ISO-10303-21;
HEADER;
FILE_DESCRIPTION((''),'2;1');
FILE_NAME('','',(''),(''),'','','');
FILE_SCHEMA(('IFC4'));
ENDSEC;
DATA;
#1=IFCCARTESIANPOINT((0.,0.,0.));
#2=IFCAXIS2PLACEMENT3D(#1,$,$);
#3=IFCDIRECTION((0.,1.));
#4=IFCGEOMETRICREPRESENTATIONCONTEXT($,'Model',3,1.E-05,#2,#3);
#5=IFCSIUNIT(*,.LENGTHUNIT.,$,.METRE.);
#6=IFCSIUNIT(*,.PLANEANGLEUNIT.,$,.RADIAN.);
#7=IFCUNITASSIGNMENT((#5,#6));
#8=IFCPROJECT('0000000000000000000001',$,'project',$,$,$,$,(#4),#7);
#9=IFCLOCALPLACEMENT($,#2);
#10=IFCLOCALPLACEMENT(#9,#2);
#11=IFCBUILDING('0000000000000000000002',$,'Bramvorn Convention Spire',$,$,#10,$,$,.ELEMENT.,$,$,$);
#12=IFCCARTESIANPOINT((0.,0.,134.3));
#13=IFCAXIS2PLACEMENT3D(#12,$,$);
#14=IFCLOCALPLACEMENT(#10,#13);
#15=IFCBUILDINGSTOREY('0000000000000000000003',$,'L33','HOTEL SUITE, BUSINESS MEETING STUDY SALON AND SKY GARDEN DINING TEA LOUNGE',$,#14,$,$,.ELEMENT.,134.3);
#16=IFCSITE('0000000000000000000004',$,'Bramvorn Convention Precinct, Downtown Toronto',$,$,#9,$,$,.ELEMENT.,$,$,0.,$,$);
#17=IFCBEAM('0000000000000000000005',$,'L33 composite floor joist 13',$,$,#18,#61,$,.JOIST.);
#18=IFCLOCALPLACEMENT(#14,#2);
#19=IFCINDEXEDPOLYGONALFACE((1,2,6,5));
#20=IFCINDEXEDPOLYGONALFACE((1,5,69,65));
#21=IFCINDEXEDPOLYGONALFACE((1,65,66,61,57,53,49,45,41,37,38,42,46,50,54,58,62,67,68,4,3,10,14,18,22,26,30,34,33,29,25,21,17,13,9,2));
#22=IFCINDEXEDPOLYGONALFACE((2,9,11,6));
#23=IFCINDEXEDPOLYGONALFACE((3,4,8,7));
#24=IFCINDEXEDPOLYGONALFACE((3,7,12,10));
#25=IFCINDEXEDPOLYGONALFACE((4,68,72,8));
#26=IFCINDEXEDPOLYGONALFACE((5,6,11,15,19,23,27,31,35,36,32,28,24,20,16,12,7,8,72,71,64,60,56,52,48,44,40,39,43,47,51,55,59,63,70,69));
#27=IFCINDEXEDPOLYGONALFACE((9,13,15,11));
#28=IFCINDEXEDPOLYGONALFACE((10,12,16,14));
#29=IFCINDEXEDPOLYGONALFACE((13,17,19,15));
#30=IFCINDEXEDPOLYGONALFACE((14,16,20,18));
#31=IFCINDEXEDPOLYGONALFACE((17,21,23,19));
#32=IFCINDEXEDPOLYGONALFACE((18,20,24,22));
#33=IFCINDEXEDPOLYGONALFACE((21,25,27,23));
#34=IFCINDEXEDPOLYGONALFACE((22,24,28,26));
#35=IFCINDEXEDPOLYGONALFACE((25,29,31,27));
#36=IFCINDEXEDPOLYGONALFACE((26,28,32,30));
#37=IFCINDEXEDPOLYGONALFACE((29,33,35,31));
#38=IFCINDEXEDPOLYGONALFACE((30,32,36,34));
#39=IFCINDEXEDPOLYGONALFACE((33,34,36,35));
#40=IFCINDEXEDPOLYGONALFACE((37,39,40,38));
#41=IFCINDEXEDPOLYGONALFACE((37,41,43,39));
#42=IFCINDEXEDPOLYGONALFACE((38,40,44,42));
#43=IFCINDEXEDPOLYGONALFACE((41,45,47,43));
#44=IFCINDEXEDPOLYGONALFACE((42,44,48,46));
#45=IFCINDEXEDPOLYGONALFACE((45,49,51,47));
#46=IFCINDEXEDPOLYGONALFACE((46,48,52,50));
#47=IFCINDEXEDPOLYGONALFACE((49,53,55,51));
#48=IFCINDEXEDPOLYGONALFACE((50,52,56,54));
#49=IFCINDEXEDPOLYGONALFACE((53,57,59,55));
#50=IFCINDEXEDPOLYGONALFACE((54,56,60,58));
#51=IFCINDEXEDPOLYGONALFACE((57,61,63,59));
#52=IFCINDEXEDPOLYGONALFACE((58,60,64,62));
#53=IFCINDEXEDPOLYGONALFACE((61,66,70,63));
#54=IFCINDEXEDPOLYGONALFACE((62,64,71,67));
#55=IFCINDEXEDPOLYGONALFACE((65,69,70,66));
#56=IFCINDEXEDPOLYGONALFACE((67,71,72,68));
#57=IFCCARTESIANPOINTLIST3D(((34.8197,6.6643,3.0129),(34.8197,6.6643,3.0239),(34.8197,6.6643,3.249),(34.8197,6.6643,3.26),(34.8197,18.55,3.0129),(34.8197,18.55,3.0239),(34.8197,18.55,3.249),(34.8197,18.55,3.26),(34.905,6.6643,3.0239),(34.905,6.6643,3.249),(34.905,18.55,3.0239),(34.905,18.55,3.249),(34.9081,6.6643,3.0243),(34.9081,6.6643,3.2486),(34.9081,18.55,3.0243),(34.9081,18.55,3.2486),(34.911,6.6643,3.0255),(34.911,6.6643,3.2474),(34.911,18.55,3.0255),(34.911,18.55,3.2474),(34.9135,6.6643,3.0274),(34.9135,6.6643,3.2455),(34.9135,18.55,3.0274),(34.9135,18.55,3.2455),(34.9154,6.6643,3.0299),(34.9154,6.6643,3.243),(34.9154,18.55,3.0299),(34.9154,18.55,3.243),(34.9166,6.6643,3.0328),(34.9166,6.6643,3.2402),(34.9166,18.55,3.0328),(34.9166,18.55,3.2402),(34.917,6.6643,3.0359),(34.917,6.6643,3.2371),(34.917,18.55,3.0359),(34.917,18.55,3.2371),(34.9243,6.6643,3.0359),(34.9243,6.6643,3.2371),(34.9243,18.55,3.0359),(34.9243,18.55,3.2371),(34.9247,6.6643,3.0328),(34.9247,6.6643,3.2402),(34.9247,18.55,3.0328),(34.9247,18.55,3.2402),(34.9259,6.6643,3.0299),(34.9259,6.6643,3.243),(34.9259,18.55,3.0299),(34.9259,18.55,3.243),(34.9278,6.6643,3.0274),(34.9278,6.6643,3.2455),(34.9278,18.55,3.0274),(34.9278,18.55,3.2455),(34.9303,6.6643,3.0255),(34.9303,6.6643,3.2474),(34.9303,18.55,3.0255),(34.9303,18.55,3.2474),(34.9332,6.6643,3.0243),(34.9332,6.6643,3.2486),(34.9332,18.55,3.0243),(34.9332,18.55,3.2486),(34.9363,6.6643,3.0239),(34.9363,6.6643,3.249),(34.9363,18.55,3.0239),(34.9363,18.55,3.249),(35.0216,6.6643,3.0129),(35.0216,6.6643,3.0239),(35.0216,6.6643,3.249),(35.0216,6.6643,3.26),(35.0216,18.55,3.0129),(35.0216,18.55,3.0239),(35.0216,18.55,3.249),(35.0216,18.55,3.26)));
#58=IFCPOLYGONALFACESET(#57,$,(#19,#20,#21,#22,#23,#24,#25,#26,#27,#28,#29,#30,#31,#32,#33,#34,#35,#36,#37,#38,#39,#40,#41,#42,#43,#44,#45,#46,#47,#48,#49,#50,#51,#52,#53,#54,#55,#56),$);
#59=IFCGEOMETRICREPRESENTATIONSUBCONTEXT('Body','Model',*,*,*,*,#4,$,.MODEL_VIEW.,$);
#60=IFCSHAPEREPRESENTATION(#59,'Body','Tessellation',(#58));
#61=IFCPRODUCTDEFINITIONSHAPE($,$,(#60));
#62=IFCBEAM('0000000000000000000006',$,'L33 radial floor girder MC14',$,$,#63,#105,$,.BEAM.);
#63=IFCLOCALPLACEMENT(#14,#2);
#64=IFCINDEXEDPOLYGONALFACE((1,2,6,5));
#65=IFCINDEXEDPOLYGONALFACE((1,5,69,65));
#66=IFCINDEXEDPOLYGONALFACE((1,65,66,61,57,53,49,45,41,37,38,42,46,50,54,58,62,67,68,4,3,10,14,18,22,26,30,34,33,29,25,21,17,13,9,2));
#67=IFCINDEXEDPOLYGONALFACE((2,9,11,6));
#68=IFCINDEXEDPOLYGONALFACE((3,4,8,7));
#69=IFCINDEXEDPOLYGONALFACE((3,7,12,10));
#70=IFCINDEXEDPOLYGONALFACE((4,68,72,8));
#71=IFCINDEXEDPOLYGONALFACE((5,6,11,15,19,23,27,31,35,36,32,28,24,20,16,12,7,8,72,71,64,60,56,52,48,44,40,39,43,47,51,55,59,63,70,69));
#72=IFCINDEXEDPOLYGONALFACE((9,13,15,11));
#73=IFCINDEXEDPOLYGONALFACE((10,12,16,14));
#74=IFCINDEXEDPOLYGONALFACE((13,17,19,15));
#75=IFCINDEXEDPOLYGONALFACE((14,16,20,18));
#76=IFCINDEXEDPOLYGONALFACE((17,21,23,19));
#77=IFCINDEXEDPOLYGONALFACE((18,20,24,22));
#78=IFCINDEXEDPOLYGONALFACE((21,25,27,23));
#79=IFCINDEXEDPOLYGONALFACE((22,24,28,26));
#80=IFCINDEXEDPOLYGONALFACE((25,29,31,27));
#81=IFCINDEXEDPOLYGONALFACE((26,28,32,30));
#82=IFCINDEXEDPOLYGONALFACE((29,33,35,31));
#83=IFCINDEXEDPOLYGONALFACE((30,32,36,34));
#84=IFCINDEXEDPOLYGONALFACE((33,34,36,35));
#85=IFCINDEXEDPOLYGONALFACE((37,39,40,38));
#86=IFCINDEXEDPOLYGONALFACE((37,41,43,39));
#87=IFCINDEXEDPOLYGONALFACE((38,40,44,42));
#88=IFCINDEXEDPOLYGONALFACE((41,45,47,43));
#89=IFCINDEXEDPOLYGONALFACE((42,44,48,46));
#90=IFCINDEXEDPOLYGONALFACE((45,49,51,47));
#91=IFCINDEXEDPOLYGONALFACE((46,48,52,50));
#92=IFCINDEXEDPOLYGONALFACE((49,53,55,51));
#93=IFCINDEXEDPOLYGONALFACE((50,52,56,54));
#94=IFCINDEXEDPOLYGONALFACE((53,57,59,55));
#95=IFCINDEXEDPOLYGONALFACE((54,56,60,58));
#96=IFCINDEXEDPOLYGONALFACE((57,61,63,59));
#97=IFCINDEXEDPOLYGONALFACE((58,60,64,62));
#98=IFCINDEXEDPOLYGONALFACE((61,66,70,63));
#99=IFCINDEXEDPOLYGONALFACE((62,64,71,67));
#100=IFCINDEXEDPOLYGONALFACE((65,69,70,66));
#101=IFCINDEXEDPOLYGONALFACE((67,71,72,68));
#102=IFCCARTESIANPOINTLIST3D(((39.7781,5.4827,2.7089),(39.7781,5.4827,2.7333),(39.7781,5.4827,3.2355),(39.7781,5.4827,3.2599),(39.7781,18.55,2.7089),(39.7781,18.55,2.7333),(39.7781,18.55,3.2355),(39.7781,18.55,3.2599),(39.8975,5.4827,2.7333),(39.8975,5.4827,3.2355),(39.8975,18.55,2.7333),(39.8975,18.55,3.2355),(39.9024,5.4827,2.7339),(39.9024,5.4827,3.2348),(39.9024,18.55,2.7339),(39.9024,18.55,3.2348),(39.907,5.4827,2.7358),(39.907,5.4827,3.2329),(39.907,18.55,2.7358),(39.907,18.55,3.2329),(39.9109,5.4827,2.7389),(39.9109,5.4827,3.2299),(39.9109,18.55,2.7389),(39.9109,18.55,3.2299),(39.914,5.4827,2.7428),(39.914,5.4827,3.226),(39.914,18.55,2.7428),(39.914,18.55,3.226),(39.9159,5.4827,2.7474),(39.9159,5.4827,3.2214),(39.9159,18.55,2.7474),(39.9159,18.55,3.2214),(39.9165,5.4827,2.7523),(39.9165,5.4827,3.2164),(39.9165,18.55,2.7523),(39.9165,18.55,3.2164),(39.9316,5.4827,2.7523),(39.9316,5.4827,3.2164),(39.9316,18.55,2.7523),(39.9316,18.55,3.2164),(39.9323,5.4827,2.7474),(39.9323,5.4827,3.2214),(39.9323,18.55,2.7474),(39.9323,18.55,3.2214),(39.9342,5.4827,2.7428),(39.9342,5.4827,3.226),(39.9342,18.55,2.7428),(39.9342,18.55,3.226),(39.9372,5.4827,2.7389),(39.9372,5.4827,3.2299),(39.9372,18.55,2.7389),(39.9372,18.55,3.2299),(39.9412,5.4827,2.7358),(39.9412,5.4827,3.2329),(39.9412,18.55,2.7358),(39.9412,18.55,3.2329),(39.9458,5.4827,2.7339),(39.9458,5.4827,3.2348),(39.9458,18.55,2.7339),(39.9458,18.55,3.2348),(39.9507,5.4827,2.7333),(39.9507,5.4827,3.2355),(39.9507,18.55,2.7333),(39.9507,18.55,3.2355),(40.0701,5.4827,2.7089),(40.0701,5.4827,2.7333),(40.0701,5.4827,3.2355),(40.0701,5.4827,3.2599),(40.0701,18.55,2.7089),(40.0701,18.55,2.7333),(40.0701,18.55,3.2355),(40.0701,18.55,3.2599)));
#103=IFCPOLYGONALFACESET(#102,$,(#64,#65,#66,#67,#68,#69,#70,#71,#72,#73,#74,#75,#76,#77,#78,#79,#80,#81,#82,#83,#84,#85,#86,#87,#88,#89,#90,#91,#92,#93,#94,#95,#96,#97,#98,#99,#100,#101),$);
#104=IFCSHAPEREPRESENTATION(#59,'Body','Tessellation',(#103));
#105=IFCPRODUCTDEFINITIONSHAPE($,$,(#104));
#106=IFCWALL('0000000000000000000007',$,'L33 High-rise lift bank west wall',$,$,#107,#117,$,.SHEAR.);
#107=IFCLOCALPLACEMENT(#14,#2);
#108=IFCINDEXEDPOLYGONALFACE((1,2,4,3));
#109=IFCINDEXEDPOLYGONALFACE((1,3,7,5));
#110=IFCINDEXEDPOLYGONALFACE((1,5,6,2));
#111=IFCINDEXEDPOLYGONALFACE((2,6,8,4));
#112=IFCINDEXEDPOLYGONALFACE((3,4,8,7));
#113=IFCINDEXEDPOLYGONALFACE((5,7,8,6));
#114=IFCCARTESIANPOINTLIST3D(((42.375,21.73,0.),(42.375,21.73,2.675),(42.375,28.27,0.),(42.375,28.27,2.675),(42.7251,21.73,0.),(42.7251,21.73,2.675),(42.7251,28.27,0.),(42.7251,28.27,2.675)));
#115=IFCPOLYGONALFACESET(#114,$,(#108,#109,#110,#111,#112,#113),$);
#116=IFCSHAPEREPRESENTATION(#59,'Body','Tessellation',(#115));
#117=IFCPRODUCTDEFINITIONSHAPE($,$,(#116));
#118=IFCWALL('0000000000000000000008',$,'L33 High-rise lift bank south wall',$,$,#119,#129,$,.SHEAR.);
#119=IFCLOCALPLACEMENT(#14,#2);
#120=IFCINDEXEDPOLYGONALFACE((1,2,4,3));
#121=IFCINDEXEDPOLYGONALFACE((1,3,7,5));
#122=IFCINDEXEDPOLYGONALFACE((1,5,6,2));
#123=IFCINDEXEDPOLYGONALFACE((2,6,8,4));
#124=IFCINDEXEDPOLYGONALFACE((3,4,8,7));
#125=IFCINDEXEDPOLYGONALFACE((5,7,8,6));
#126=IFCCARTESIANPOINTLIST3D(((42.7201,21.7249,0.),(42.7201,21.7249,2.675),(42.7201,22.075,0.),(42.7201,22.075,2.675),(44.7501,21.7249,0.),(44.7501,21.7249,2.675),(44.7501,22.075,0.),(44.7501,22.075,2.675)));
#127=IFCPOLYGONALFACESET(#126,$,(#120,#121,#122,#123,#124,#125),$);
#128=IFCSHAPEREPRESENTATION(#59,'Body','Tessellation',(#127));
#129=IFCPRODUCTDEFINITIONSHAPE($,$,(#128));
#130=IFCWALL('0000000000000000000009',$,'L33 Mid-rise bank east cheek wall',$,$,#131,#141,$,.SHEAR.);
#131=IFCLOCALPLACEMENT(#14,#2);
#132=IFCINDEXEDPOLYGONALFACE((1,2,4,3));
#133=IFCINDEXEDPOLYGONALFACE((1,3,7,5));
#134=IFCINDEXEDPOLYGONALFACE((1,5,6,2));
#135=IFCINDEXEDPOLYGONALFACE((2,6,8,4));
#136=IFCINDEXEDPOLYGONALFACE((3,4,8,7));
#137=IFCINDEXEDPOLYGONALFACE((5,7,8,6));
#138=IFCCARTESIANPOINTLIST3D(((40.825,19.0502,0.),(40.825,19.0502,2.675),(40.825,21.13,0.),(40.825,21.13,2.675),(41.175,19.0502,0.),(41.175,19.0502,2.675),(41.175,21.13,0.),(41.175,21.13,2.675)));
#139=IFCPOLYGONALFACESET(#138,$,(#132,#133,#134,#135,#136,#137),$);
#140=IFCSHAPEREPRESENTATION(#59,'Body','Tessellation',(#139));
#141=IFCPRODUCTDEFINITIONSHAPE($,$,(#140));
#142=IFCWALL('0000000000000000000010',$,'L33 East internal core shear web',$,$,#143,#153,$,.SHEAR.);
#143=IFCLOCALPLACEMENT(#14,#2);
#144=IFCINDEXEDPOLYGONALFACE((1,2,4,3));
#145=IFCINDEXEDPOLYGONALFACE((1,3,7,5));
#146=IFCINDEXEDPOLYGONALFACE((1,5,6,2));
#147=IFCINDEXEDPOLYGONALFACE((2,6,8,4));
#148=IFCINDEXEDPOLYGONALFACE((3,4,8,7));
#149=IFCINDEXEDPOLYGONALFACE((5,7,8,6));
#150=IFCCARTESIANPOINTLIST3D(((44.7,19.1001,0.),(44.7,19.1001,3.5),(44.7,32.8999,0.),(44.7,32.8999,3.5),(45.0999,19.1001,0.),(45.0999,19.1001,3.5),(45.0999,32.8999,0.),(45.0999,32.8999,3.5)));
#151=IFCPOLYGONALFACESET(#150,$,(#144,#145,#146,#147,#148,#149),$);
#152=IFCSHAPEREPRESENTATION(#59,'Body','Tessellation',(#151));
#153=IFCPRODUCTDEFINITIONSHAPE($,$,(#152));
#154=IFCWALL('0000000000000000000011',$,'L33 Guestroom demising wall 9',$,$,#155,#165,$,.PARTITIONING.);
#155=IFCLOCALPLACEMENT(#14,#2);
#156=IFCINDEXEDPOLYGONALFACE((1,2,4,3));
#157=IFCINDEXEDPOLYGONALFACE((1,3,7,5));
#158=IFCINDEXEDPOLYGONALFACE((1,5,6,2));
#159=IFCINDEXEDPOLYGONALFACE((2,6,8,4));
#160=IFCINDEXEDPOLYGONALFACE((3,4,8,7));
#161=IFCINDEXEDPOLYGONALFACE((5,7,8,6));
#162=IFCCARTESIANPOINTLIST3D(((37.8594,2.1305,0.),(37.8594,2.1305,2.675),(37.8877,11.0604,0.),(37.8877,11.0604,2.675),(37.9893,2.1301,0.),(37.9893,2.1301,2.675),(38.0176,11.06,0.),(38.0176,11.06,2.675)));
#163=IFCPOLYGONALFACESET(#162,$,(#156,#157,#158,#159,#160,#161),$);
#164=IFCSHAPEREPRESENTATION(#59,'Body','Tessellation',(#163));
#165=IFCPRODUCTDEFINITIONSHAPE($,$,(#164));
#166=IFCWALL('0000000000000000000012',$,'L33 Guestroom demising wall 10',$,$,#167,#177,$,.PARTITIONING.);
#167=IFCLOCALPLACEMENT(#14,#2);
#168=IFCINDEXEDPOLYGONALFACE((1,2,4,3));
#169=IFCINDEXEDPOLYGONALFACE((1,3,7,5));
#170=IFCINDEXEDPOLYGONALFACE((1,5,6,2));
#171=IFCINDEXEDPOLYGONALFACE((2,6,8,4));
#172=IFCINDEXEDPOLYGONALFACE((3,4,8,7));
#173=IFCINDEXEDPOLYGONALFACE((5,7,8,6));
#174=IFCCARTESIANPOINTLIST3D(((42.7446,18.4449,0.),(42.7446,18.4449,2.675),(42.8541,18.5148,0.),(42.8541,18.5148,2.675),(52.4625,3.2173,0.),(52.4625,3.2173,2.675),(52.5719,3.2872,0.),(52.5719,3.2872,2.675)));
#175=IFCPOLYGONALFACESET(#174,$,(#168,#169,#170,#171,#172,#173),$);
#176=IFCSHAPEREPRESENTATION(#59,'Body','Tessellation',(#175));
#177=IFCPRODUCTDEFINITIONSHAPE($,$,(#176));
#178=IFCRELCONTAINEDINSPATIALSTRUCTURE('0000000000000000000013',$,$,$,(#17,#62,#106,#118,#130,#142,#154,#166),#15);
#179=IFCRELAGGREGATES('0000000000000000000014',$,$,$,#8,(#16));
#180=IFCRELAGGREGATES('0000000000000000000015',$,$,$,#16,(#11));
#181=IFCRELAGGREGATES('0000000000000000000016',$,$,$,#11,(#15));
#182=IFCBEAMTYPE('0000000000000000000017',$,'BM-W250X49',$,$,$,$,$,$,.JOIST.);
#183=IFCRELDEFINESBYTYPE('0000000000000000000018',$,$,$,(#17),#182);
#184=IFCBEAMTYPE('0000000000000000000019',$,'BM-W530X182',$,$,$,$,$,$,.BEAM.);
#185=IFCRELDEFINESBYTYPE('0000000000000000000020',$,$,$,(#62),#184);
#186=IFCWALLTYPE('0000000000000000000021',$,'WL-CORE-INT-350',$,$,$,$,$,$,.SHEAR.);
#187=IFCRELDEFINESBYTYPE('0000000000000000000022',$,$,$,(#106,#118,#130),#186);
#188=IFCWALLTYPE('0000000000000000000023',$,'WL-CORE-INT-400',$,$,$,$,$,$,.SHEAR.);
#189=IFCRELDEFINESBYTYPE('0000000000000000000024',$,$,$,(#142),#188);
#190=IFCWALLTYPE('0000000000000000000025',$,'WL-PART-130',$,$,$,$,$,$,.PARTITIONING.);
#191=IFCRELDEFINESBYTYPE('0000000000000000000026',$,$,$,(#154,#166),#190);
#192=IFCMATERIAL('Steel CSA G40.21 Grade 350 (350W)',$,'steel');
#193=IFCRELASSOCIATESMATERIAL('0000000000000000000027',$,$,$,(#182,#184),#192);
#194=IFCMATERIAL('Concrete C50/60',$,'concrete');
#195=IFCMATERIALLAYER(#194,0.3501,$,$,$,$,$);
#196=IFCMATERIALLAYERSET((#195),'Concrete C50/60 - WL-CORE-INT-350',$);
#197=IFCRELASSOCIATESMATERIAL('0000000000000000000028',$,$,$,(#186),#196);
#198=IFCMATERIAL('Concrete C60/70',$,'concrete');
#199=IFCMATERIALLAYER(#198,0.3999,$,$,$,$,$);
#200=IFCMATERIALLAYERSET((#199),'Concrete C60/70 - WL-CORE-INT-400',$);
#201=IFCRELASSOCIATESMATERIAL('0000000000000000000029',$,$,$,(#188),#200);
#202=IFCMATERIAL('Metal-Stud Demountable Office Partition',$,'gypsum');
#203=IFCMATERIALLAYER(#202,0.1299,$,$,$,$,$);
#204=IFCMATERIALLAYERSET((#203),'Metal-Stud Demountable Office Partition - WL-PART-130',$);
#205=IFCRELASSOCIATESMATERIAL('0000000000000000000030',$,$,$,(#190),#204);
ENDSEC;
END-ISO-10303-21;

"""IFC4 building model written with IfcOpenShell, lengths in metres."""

from ifc_helpers import new_model, si_unit, direction, frame, frame_2d, origin, origin_2d, place, context, subcontext, project, spatial, rectangle, i_section, extrude, material, layer, layer_set, material_profile, profile_set, type_object, element, save


model = new_model("IFC4")

# Units and contexts
model_context = context("Model", 3, precision=1e-05, world=origin(), true_north=direction((0.0, 1.0)))
body_context = subcontext(model_context, "Body", "Model", "MODEL_VIEW")
ifc_project = project(units=[si_unit("LENGTHUNIT", "METRE"), si_unit("PLANEANGLEUNIT", "RADIAN")], contexts=[model_context])

# Site, building, storey
site_placement = place(None, origin())
site = spatial("IfcSite", under=ifc_project, at=site_placement, Name="Bramvorn Convention Precinct, Downtown Toronto", CompositionType="ELEMENT", RefElevation=0.0)
building_placement = place(site_placement, origin())
building = spatial("IfcBuilding", under=site, at=building_placement, Name="Bramvorn Convention Spire", CompositionType="ELEMENT")
storey_placement = place(building_placement, frame((0.0, 0.0, 134.3)))
storey = spatial("IfcBuildingStorey", under=building, at=storey_placement, Name="L33", Description="HOTEL SUITE, BUSINESS MEETING STUDY SALON AND SKY GARDEN DINING TEA LOUNGE", CompositionType="ELEMENT", Elevation=134.3)

# Beams
ifc_material_1 = material(Name="Steel CSA G40.21 Grade 350 (350W)", Category="steel")
ifc_material_profile_1 = material_profile(ifc_material_1, i_section(OverallWidth=0.2019, OverallDepth=0.2471, WebThickness=0.0073, FlangeThickness=0.011, FilletRadius=0.012, at=origin_2d()))
ifc_profile_set_1 = profile_set([ifc_material_profile_1], Name="Steel CSA G40.21 Grade 350 (350W) - W250X49")
beam_type_1 = type_object("IfcBeamType", Name="BM-W250X49", PredefinedType="JOIST", material=ifc_profile_set_1)
beam_1_placement = place(storey_placement, frame((34.9207, 18.55, 3.1365), z_axis=(0.0, -1.0, 0.0), x_axis=(1.0, 0.0, 0.0)))
element("IfcBeam", 1, at=beam_1_placement, inside=storey, type_object=beam_type_1, Name="L33 composite floor joist 13", PredefinedType="JOIST", context=body_context, shape_type="SweptSolid", body=[
    extrude(i_section(OverallWidth=0.2019, OverallDepth=0.2471, WebThickness=0.0073, FlangeThickness=0.011, FilletRadius=0.012, at=origin_2d()), origin(), (0.0, 0.0, 1.0), 11.8857),
])
ifc_material_profile_2 = material_profile(ifc_material_1, i_section(OverallWidth=0.292, OverallDepth=0.551, WebThickness=0.0151, FlangeThickness=0.0244, FilletRadius=0.019, at=origin_2d()))
ifc_profile_set_2 = profile_set([ifc_material_profile_2], Name="Steel CSA G40.21 Grade 350 (350W) - W530X182")
beam_type_2 = type_object("IfcBeamType", Name="BM-W530X182", PredefinedType="BEAM", material=ifc_profile_set_2)
beam_2_placement = place(storey_placement, frame((39.9241, 18.55, 2.9844), z_axis=(0.0, -1.0, 0.0), x_axis=(1.0, 0.0, 0.0)))
element("IfcBeam", 2, at=beam_2_placement, inside=storey, type_object=beam_type_2, Name="L33 radial floor girder MC14", PredefinedType="BEAM", context=body_context, shape_type="SweptSolid", body=[
    extrude(i_section(OverallWidth=0.292, OverallDepth=0.551, WebThickness=0.0151, FlangeThickness=0.0244, FilletRadius=0.019, at=origin_2d()), origin(), (0.0, 0.0, 1.0), 13.0674),
])

# Walls
ifc_material_2 = material(Name="Concrete C50/60", Category="concrete")
ifc_layer_1 = layer(ifc_material_2, 0.3501)
ifc_layer_set_1 = layer_set([ifc_layer_1], Name="Concrete C50/60 - WL-CORE-INT-350")
wall_type_1 = type_object("IfcWallType", Name="WL-CORE-INT-350", PredefinedType="SHEAR", material=ifc_layer_set_1)
wall_1_placement = place(storey_placement, frame((42.55, 21.73, 0.0), z_axis=(0.0, 0.0, 1.0), x_axis=(0.0, 1.0, 0.0)))
element("IfcWall", 3, at=wall_1_placement, inside=storey, type_object=wall_type_1, Name="L33 High-rise lift bank west wall", PredefinedType="SHEAR", context=body_context, shape_type="SweptSolid", body=[
    extrude(rectangle(XDim=6.54, YDim=0.3501, at=frame_2d((3.27, 0.0))), origin(), (0.0, 0.0, 1.0), 2.675),
])
wall_2_placement = place(storey_placement, frame((42.72, 21.8999, 0.0), z_axis=(0.0, 0.0, 1.0), x_axis=(1.0, 0.0, 0.0)))
element("IfcWall", 4, at=wall_2_placement, inside=storey, type_object=wall_type_1, Name="L33 High-rise lift bank south wall", PredefinedType="SHEAR", context=body_context, shape_type="SweptSolid", body=[
    extrude(rectangle(XDim=2.03, YDim=0.3501, at=frame_2d((1.0151, 0.0))), origin(), (0.0, 0.0, 1.0), 2.675),
])

# Walls
wall_3_placement = place(storey_placement, frame((41.0, 19.05, 0.0), z_axis=(0.0, 0.0, 1.0), x_axis=(0.0, 1.0, 0.0)))
element("IfcWall", 5, at=wall_3_placement, inside=storey, type_object=wall_type_1, Name="L33 Mid-rise bank east cheek wall", PredefinedType="SHEAR", context=body_context, shape_type="SweptSolid", body=[
    extrude(rectangle(XDim=2.0798, YDim=0.3501, at=frame_2d((1.04, 0.0))), origin(), (0.0, 0.0, 1.0), 2.675),
])
ifc_material_3 = material(Name="Concrete C60/70", Category="concrete")
ifc_layer_2 = layer(ifc_material_3, 0.3999)
ifc_layer_set_2 = layer_set([ifc_layer_2], Name="Concrete C60/70 - WL-CORE-INT-400")
wall_type_2 = type_object("IfcWallType", Name="WL-CORE-INT-400", PredefinedType="SHEAR", material=ifc_layer_set_2)
wall_4_placement = place(storey_placement, frame((44.8999, 19.1001, 0.0), z_axis=(0.0, 0.0, 1.0), x_axis=(0.0, 1.0, 0.0)))
element("IfcWall", 6, at=wall_4_placement, inside=storey, type_object=wall_type_2, Name="L33 East internal core shear web", PredefinedType="SHEAR", context=body_context, shape_type="SweptSolid", body=[
    extrude(rectangle(XDim=13.7998, YDim=0.3999, at=frame_2d((6.8999, 0.0))), origin(), (0.0, 0.0, 1.0), 3.5),
])
ifc_material_4 = material(Name="Metal-Stud Demountable Office Partition", Category="gypsum")
ifc_layer_3 = layer(ifc_material_4, 0.1299)
ifc_layer_set_3 = layer_set([ifc_layer_3], Name="Metal-Stud Demountable Office Partition - WL-PART-130")
wall_type_3 = type_object("IfcWallType", Name="WL-PART-130", PredefinedType="PARTITIONING", material=ifc_layer_set_3)
wall_5_placement = place(storey_placement, frame((37.9526, 11.0601, 0.0), z_axis=(0.0, 0.0, 1.0), x_axis=(-0.003171, -0.999995, 0.0)))
element("IfcWall", 7, at=wall_5_placement, inside=storey, type_object=wall_type_3, Name="L33 Guestroom demising wall 9", PredefinedType="PARTITIONING", context=body_context, shape_type="SweptSolid", body=[
    extrude(rectangle(XDim=8.9299, YDim=0.1299, at=frame_2d((4.4648, 0.0))), origin(), (0.0, 0.0, 1.0), 2.675),
])
wall_6_placement = place(storey_placement, frame((42.7993, 18.48, 0.0), z_axis=(0.0, 0.0, 1.0), x_axis=(0.537959, -0.842971, 0.0)))
element("IfcWall", 8, at=wall_6_placement, inside=storey, type_object=wall_type_3, Name="L33 Guestroom demising wall 10", PredefinedType="PARTITIONING", context=body_context, shape_type="SweptSolid", body=[
    extrude(rectangle(XDim=18.0642, YDim=0.1299, at=frame_2d((9.0322, 0.0))), origin(), (0.0, 0.0, 1.0), 2.675),
])

save(model, "model.ifc")
